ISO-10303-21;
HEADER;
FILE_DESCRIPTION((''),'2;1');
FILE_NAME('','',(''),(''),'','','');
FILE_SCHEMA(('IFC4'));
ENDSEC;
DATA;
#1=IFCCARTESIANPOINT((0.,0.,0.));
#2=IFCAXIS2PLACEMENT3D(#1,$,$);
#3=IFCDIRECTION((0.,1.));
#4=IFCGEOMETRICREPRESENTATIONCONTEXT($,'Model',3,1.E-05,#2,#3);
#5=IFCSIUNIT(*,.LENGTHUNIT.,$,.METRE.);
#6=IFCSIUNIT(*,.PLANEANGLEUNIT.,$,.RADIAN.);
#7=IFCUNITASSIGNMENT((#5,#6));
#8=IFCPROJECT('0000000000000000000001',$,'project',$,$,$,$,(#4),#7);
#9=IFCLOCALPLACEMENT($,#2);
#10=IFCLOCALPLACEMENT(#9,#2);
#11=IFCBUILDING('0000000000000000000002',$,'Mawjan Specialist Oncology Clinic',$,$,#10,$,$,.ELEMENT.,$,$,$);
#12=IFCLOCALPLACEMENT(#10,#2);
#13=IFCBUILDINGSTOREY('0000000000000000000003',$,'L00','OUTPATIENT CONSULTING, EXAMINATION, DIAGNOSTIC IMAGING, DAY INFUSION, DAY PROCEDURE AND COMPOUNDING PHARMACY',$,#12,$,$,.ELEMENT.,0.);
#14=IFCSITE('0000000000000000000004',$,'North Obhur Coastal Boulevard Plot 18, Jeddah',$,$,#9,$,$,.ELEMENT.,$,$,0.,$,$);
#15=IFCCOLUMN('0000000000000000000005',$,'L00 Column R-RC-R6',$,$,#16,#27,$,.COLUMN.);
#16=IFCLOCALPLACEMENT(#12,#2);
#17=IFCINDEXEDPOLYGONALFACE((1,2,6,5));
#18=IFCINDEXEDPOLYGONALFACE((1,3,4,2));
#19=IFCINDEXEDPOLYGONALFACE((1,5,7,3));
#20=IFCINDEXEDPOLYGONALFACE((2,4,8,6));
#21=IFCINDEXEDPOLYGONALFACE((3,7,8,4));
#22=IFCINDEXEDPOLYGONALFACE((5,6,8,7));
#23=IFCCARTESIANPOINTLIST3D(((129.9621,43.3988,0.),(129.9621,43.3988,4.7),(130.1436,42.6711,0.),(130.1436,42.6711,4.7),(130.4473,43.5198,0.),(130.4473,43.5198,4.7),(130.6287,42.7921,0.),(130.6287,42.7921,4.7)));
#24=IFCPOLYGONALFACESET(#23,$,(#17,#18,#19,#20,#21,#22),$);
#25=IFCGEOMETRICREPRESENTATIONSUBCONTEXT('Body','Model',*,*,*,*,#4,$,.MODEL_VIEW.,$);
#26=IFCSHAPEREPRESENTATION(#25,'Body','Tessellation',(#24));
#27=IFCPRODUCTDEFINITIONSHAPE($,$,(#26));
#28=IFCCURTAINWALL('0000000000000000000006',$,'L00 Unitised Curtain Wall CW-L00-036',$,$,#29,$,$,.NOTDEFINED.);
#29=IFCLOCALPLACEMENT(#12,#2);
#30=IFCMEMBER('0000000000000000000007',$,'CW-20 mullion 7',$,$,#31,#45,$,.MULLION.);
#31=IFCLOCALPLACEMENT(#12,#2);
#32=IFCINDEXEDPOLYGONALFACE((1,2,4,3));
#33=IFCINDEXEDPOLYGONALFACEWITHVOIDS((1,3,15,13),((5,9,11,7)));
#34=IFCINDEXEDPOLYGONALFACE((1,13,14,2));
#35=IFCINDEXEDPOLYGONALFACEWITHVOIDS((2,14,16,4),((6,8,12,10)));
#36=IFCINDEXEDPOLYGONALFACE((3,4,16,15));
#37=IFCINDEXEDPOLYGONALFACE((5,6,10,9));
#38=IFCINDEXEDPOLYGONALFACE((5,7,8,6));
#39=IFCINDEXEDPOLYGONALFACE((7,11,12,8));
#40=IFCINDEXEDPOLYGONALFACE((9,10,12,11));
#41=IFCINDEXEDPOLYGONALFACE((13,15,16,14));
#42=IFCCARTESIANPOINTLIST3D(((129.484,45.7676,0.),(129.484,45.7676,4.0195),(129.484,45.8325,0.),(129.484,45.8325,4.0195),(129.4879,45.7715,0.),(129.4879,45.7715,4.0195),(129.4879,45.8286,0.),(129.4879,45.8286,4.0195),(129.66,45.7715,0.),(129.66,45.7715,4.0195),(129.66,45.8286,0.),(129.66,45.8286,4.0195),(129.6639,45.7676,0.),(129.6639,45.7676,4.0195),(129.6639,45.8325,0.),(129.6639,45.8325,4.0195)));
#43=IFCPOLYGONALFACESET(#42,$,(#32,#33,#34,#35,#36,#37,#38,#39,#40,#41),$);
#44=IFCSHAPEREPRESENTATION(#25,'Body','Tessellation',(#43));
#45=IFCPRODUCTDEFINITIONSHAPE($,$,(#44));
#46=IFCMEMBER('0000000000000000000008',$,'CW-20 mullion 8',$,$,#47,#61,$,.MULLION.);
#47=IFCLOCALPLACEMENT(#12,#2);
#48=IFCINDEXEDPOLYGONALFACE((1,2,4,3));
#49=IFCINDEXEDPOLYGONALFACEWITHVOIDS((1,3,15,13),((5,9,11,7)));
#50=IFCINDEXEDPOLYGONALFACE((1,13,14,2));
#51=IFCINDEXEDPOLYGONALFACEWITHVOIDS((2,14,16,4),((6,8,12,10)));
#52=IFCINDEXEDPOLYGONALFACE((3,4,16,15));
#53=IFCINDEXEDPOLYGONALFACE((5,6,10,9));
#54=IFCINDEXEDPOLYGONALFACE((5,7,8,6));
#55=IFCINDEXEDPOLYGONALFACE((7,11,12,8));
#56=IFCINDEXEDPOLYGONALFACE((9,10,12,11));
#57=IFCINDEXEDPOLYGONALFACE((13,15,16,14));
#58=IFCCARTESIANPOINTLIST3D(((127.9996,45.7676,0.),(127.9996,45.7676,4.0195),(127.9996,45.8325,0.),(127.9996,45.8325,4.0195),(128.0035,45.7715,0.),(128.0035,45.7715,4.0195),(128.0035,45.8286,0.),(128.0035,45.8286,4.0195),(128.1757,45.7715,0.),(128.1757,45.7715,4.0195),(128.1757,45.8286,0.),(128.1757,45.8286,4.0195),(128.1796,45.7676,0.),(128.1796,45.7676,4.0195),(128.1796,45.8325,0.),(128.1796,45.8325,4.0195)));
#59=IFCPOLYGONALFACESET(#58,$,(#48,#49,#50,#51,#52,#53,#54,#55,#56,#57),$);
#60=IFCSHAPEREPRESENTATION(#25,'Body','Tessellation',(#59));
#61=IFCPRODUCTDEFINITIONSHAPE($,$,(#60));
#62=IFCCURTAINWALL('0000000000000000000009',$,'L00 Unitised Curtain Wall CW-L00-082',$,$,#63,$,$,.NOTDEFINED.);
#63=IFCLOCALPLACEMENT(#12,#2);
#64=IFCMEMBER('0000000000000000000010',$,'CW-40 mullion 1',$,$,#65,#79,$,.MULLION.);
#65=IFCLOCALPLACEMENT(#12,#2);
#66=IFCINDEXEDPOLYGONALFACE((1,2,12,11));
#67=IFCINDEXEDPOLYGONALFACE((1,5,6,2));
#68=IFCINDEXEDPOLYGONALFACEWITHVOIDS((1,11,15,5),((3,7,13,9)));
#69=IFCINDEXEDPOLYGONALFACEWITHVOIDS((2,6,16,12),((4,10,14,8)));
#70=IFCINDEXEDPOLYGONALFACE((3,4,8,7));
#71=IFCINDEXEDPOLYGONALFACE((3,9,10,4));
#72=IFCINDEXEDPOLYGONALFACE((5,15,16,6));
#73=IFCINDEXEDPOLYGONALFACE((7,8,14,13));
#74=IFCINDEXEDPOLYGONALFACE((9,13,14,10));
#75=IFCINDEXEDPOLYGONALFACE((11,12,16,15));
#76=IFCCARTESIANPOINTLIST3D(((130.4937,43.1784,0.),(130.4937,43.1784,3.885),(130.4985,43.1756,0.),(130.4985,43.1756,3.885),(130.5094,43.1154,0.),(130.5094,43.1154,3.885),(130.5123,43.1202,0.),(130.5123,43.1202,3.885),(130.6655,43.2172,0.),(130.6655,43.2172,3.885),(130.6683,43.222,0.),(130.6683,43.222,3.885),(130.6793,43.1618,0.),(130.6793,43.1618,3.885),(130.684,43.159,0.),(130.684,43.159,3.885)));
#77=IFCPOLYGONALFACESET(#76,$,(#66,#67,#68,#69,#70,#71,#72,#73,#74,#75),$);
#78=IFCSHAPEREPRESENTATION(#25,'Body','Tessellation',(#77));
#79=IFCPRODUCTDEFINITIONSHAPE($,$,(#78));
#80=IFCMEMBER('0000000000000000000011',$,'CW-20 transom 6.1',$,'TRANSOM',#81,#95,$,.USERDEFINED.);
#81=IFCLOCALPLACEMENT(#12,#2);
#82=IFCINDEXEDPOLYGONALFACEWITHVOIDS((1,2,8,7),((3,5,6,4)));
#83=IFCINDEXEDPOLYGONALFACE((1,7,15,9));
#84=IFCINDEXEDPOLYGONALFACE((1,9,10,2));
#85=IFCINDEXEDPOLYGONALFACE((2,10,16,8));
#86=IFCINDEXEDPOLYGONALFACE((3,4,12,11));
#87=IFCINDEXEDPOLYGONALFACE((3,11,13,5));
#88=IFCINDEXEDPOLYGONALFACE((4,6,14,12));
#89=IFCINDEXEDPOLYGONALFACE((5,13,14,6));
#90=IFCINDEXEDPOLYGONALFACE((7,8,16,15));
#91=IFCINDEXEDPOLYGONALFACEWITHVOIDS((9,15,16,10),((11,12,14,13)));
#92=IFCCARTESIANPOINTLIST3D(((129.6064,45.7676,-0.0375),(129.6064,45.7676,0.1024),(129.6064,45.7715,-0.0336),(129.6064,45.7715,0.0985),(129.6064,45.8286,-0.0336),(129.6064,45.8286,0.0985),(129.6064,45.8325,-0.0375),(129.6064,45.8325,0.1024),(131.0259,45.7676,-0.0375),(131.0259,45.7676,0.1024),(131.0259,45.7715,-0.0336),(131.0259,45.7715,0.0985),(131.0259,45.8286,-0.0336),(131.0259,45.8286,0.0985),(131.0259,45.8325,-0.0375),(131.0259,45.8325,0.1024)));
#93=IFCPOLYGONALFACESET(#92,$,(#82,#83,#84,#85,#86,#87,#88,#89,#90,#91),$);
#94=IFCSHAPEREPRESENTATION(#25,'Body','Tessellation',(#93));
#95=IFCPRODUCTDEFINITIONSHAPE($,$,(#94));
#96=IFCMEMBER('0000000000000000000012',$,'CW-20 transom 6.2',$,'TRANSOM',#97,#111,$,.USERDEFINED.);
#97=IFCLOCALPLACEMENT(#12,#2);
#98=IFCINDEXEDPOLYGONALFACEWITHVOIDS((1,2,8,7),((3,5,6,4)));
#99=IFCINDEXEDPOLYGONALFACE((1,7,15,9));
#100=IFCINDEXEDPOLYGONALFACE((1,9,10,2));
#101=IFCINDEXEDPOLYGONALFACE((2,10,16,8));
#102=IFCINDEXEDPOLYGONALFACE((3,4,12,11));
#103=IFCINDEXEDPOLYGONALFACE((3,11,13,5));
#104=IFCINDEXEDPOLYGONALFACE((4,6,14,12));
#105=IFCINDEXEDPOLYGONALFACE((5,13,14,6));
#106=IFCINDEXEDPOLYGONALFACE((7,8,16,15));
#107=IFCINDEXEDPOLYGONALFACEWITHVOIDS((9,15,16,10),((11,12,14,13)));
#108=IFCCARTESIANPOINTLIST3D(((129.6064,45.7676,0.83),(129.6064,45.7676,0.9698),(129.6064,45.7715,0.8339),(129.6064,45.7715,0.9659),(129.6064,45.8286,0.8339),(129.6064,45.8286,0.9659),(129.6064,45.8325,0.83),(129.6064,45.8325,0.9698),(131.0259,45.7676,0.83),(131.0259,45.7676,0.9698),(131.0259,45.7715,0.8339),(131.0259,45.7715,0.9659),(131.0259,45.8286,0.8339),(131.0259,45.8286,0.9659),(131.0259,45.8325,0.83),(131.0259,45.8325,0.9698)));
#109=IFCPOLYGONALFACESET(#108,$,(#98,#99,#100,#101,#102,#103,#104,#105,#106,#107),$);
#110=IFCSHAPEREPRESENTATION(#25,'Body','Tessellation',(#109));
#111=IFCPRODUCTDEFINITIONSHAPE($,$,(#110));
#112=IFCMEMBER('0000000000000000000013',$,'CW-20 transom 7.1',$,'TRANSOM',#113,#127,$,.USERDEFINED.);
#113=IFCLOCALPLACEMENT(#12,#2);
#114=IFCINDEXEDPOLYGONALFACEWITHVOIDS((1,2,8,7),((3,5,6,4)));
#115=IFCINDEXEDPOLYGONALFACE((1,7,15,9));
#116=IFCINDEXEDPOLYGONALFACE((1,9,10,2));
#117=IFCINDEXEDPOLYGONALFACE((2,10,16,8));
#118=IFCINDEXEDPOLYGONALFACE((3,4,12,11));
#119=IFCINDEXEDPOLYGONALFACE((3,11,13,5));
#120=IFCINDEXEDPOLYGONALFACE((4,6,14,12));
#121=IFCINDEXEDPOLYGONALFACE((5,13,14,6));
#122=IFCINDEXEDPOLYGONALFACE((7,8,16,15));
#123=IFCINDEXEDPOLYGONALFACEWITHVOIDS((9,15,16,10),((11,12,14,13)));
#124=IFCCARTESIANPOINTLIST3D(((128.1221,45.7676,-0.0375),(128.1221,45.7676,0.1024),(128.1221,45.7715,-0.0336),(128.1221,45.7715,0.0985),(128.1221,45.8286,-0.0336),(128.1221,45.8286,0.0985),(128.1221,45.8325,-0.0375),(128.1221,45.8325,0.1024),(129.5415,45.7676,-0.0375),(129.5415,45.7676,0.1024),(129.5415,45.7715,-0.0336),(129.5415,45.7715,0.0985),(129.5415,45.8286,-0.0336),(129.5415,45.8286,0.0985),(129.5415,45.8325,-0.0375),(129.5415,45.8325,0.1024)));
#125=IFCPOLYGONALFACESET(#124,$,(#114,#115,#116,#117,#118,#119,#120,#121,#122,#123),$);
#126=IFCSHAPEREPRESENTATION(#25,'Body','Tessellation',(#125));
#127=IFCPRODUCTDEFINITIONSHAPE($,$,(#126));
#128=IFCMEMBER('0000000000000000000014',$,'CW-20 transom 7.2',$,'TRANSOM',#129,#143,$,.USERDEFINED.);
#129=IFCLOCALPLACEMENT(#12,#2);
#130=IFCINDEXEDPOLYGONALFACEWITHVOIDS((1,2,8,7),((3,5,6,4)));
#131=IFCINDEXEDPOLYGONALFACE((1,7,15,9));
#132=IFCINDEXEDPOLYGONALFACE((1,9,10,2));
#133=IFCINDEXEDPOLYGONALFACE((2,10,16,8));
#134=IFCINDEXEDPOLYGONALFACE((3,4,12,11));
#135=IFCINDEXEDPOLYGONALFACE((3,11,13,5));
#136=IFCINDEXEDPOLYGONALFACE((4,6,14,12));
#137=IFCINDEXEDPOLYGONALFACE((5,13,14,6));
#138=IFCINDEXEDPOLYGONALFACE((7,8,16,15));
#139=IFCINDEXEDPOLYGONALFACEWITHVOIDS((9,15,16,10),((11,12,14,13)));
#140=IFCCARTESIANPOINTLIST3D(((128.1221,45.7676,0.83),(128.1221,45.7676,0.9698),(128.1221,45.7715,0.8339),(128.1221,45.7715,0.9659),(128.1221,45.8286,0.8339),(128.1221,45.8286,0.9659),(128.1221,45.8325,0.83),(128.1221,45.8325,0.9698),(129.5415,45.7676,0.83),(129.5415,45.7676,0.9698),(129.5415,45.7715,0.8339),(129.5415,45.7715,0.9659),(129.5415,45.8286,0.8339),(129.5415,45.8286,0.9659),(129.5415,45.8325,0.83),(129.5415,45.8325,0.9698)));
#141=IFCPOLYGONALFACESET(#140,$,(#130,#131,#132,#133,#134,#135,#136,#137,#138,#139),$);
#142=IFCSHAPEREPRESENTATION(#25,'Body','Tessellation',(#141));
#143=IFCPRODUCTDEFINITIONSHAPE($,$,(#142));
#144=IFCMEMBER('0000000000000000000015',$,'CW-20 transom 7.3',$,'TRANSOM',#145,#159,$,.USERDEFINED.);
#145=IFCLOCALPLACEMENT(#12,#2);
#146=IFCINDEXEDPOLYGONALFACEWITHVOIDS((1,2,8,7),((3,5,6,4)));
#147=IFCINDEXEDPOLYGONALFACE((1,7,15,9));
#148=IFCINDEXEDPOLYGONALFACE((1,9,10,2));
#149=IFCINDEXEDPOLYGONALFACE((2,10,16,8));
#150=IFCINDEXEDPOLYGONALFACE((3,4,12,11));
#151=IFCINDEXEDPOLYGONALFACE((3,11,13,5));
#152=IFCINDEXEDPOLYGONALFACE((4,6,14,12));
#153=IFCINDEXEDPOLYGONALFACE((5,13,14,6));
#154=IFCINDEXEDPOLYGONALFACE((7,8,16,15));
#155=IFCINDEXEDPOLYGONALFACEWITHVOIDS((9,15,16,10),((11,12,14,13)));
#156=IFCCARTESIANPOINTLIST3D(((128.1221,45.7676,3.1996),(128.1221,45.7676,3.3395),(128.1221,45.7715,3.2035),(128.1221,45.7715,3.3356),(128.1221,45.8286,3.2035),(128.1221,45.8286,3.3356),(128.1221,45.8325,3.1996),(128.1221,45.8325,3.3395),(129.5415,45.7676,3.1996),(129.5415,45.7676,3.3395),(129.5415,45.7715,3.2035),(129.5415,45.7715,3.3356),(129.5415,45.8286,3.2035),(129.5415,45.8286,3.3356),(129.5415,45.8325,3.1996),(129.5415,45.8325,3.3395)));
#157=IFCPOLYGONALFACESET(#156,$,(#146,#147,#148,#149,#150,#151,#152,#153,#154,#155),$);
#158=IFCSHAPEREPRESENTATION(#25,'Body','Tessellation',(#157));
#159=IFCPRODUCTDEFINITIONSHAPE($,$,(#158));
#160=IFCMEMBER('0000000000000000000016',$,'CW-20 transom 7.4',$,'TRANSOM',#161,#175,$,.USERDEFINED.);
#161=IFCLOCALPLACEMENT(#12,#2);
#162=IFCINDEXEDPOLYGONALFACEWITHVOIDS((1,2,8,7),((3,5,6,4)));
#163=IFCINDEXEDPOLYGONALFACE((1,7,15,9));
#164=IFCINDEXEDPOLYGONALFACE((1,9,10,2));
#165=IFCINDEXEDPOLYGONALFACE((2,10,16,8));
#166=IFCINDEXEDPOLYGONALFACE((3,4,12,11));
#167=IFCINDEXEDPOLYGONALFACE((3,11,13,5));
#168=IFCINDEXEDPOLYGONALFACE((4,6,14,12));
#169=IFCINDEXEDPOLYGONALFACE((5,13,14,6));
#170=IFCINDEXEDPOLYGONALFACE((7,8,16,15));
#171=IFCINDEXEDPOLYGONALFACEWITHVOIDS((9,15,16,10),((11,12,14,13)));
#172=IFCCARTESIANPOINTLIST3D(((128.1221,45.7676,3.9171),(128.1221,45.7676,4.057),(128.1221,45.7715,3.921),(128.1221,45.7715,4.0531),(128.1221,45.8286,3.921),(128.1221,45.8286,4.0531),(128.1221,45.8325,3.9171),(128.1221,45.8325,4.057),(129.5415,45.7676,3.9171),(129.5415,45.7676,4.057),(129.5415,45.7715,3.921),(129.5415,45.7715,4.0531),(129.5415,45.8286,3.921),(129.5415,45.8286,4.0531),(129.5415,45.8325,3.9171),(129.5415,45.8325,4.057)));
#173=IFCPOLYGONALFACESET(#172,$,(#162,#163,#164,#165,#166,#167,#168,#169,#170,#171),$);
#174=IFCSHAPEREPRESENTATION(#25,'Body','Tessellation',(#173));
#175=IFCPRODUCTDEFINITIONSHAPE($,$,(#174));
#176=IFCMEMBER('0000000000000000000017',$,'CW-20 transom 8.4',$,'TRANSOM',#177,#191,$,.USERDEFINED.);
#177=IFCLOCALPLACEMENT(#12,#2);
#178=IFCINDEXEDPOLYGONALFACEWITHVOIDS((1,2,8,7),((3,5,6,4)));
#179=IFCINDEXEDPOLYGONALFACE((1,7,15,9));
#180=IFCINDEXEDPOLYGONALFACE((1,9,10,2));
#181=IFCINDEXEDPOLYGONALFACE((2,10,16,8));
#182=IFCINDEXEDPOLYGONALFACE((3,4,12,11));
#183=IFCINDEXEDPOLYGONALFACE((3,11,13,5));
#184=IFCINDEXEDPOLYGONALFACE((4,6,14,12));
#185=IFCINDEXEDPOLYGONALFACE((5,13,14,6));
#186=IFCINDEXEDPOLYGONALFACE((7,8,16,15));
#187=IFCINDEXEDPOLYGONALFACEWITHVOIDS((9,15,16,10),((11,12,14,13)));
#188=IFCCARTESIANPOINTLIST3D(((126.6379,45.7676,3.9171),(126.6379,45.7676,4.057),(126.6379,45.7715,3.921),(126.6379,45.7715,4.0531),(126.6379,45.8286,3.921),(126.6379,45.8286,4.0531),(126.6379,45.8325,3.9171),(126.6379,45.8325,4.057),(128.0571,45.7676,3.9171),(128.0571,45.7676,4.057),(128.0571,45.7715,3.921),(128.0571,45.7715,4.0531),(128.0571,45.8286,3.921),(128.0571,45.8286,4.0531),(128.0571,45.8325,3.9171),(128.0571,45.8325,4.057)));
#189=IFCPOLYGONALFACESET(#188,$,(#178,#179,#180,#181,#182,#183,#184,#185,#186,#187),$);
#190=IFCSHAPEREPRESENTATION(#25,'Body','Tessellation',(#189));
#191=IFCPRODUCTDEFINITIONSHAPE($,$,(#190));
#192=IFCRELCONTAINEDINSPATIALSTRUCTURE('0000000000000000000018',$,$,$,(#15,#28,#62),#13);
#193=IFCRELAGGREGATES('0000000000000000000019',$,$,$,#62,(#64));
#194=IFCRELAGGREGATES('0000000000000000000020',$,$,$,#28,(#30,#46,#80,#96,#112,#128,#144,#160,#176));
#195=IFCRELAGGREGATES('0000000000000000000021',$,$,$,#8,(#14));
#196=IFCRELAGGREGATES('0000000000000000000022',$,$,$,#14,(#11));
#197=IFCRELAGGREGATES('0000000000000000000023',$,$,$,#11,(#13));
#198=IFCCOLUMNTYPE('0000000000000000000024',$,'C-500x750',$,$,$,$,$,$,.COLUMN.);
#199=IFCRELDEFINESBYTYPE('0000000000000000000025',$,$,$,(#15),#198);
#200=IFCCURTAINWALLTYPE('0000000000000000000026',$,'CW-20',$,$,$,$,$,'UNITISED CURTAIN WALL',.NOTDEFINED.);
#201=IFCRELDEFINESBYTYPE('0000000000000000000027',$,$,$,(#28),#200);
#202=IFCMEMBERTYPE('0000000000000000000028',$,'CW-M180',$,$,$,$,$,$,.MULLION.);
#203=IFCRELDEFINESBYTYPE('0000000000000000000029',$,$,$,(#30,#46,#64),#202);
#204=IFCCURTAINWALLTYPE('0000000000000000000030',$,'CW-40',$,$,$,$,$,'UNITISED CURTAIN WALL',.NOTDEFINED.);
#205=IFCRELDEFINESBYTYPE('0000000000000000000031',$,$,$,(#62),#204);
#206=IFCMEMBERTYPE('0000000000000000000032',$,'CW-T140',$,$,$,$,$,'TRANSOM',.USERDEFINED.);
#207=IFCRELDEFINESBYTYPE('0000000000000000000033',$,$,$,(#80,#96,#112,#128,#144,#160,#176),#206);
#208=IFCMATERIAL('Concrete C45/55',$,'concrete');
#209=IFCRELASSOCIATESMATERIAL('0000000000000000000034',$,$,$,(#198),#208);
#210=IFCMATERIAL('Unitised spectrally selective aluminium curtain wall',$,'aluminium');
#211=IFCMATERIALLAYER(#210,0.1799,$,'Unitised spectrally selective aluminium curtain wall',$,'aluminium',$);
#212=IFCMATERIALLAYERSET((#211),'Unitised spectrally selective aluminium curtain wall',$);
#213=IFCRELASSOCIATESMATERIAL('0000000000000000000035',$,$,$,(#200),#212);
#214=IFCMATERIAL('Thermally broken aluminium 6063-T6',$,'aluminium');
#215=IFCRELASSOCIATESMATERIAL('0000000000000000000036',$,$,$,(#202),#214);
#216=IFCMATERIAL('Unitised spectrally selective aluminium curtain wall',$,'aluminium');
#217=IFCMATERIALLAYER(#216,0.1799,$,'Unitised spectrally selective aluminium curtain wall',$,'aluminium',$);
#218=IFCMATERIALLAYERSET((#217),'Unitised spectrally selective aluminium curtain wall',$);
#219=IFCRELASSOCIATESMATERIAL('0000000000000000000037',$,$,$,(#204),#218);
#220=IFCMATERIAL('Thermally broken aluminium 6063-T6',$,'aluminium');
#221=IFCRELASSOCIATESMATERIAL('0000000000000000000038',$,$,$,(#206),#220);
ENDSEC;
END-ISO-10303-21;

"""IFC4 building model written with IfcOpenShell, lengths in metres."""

from ifc_helpers import new_model, si_unit, direction, frame, origin, origin_2d, place, context, subcontext, project, spatial, rectangle, hollow_rectangle, extrude, material, layer, layer_set, material_profile, profile_set, type_object, element, aggregate, save


model = new_model("IFC4")

# Units and contexts
model_context = context("Model", 3, precision=1e-05, world=origin(), true_north=direction((0.0, 1.0)))
body_context = subcontext(model_context, "Body", "Model", "MODEL_VIEW")
ifc_project = project(units=[si_unit("LENGTHUNIT", "METRE"), si_unit("PLANEANGLEUNIT", "RADIAN")], contexts=[model_context])

# Site, building, storey
site_placement = place(None, origin())
site = spatial("IfcSite", under=ifc_project, at=site_placement, Name="North Obhur Coastal Boulevard Plot 18, Jeddah", CompositionType="ELEMENT", RefElevation=0.0)
building_placement = place(site_placement, origin())
building = spatial("IfcBuilding", under=site, at=building_placement, Name="Mawjan Specialist Oncology Clinic", CompositionType="ELEMENT")
storey_placement = place(building_placement, origin())
storey = spatial("IfcBuildingStorey", under=building, at=storey_placement, Name="L00", Description="OUTPATIENT CONSULTING, EXAMINATION, DIAGNOSTIC IMAGING, DAY INFUSION, DAY PROCEDURE AND COMPOUNDING PHARMACY", CompositionType="ELEMENT", Elevation=0.0)

# Column
ifc_material_1 = material(Name="Concrete C45/55", Category="concrete")
ifc_material_profile_1 = material_profile(ifc_material_1, rectangle(XDim=0.5, YDim=0.75, at=origin_2d()), Name="RC COL 500x750", Category="concrete")
ifc_profile_set_1 = profile_set([ifc_material_profile_1], Name="Concrete C45/55")
column_type = type_object("IfcColumnType", Name="C-500x750", PredefinedType="COLUMN", material=ifc_profile_set_1)
column_placement = place(storey_placement, frame((130.2954, 43.0955, 0.0), z_axis=(0.0, 0.0, 1.0), x_axis=(0.970296, 0.241922, 0.0)))
element("IfcColumn", 1, at=column_placement, inside=storey, type_object=column_type, Name="L00 Column R-RC-R6", PredefinedType="COLUMN", context=body_context, shape_type="SweptSolid", body=[
    extrude(rectangle(XDim=0.5, YDim=0.75, at=origin_2d()), origin(), (0.0, 0.0, 1.0), 4.7),
])

# Curtain wall, members
ifc_material_2 = material(Name="Unitised spectrally selective aluminium curtain wall", Category="aluminium")
ifc_layer_1 = layer(ifc_material_2, 0.1799, Name="Unitised spectrally selective aluminium curtain wall", Category="aluminium")
ifc_layer_set_1 = layer_set([ifc_layer_1], Name="Unitised spectrally selective aluminium curtain wall")
curtain_wall_type_1 = type_object("IfcCurtainWallType", Name="CW-20", ElementType="UNITISED CURTAIN WALL", PredefinedType="NOTDEFINED", material=ifc_layer_set_1)
curtain_wall_1_placement = place(storey_placement, origin())
curtain_wall_1 = element("IfcCurtainWall", 2, at=curtain_wall_1_placement, inside=storey, type_object=curtain_wall_type_1, Name="L00 Unitised Curtain Wall CW-L00-036", PredefinedType="NOTDEFINED")
ifc_material_3 = material(Name="Thermally broken aluminium 6063-T6", Category="aluminium")
ifc_material_profile_2 = material_profile(ifc_material_3, hollow_rectangle(XDim=0.0649, YDim=0.1799, WallThickness=0.0039, at=origin_2d()), Name="ALU MULLION 180x65x4", Category="aluminium")
ifc_profile_set_2 = profile_set([ifc_material_profile_2], Name="Thermally broken aluminium 6063-T6")
member_type_1 = type_object("IfcMemberType", Name="CW-M180", PredefinedType="MULLION", material=ifc_profile_set_2)
member_1_placement = place(storey_placement, frame((129.574, 45.8, 0.0), z_axis=(0.0, 0.0, 1.0), x_axis=(0.0, -1.0, 0.0)))
member_1 = element("IfcMember", 3, at=member_1_placement, type_object=member_type_1, Name="CW-20 mullion 7", PredefinedType="MULLION", context=body_context, shape_type="SweptSolid", body=[
    extrude(hollow_rectangle(XDim=0.0649, YDim=0.1799, WallThickness=0.0039, at=origin_2d()), origin(), (0.0, 0.0, 1.0), 4.0195),
])
member_2_placement = place(storey_placement, frame((128.0896, 45.8, 0.0), z_axis=(0.0, 0.0, 1.0), x_axis=(0.0, -1.0, 0.0)))
member_2 = element("IfcMember", 4, at=member_2_placement, type_object=member_type_1, Name="CW-20 mullion 8", PredefinedType="MULLION", context=body_context, shape_type="SweptSolid", body=[
    extrude(hollow_rectangle(XDim=0.0649, YDim=0.1799, WallThickness=0.0039, at=origin_2d()), origin(), (0.0, 0.0, 1.0), 4.0195),
])

# Curtain wall, member
ifc_material_4 = material(Name="Unitised spectrally selective aluminium curtain wall", Category="aluminium")
ifc_layer_2 = layer(ifc_material_4, 0.1799, Name="Unitised spectrally selective aluminium curtain wall", Category="aluminium")
ifc_layer_set_2 = layer_set([ifc_layer_2], Name="Unitised spectrally selective aluminium curtain wall")
curtain_wall_type_2 = type_object("IfcCurtainWallType", Name="CW-40", ElementType="UNITISED CURTAIN WALL", PredefinedType="NOTDEFINED", material=ifc_layer_set_2)
curtain_wall_2_placement = place(storey_placement, origin())
curtain_wall_2 = element("IfcCurtainWall", 5, at=curtain_wall_2_placement, inside=storey, type_object=curtain_wall_type_2, Name="L00 Unitised Curtain Wall CW-L00-082", PredefinedType="NOTDEFINED")
member_3_placement = place(storey_placement, frame((130.5889, 43.1687, 0.0), z_axis=(0.0, 0.0, 1.0), x_axis=(-0.241922, 0.970296, 0.0)))
member_3 = element("IfcMember", 6, at=member_3_placement, type_object=member_type_1, Name="CW-40 mullion 1", PredefinedType="MULLION", context=body_context, shape_type="SweptSolid", body=[
    extrude(hollow_rectangle(XDim=0.0649, YDim=0.1799, WallThickness=0.0039, at=origin_2d()), origin(), (0.0, 0.0, 1.0), 3.885),
])

# Members
ifc_material_5 = material(Name="Thermally broken aluminium 6063-T6", Category="aluminium")
ifc_material_profile_3 = material_profile(ifc_material_5, hollow_rectangle(XDim=0.0649, YDim=0.1399, WallThickness=0.0039, at=origin_2d()), Name="ALU TRANSOM 140x65x4", Category="aluminium")
ifc_profile_set_3 = profile_set([ifc_material_profile_3], Name="Thermally broken aluminium 6063-T6")
member_type_2 = type_object("IfcMemberType", Name="CW-T140", ElementType="TRANSOM", PredefinedType="USERDEFINED", material=ifc_profile_set_3)
member_4_placement = place(storey_placement, frame((131.0259, 45.8, 0.0325), z_axis=(-1.0, 0.0, 0.0), x_axis=(0.0, -1.0, 0.0)))
member_4 = element("IfcMember", 7, at=member_4_placement, type_object=member_type_2, Name="CW-20 transom 6.1", ObjectType="TRANSOM", PredefinedType="USERDEFINED", context=body_context, shape_type="SweptSolid", body=[
    extrude(hollow_rectangle(XDim=0.0649, YDim=0.1399, WallThickness=0.0039, at=origin_2d()), origin(), (0.0, 0.0, 1.0), 1.4194),
])
member_5_placement = place(storey_placement, frame((131.0259, 45.8, 0.8999), z_axis=(-1.0, 0.0, 0.0), x_axis=(0.0, -1.0, 0.0)))
member_5 = element("IfcMember", 8, at=member_5_placement, type_object=member_type_2, Name="CW-20 transom 6.2", ObjectType="TRANSOM", PredefinedType="USERDEFINED", context=body_context, shape_type="SweptSolid", body=[
    extrude(hollow_rectangle(XDim=0.0649, YDim=0.1399, WallThickness=0.0039, at=origin_2d()), origin(), (0.0, 0.0, 1.0), 1.4194),
])
member_6_placement = place(storey_placement, frame((129.5415, 45.8, 0.0325), z_axis=(-1.0, 0.0, 0.0), x_axis=(0.0, -1.0, 0.0)))
member_6 = element("IfcMember", 9, at=member_6_placement, type_object=member_type_2, Name="CW-20 transom 7.1", ObjectType="TRANSOM", PredefinedType="USERDEFINED", context=body_context, shape_type="SweptSolid", body=[
    extrude(hollow_rectangle(XDim=0.0649, YDim=0.1399, WallThickness=0.0039, at=origin_2d()), origin(), (0.0, 0.0, 1.0), 1.4194),
])
member_7_placement = place(storey_placement, frame((129.5415, 45.8, 0.8999), z_axis=(-1.0, 0.0, 0.0), x_axis=(0.0, -1.0, 0.0)))
member_7 = element("IfcMember", 10, at=member_7_placement, type_object=member_type_2, Name="CW-20 transom 7.2", ObjectType="TRANSOM", PredefinedType="USERDEFINED", context=body_context, shape_type="SweptSolid", body=[
    extrude(hollow_rectangle(XDim=0.0649, YDim=0.1399, WallThickness=0.0039, at=origin_2d()), origin(), (0.0, 0.0, 1.0), 1.4194),
])
member_8_placement = place(storey_placement, frame((129.5415, 45.8, 3.2695), z_axis=(-1.0, 0.0, 0.0), x_axis=(0.0, -1.0, 0.0)))
member_8 = element("IfcMember", 11, at=member_8_placement, type_object=member_type_2, Name="CW-20 transom 7.3", ObjectType="TRANSOM", PredefinedType="USERDEFINED", context=body_context, shape_type="SweptSolid", body=[
    extrude(hollow_rectangle(XDim=0.0649, YDim=0.1399, WallThickness=0.0039, at=origin_2d()), origin(), (0.0, 0.0, 1.0), 1.4194),
])
member_9_placement = place(storey_placement, frame((129.5415, 45.8, 3.9871), z_axis=(-1.0, 0.0, 0.0), x_axis=(0.0, -1.0, 0.0)))
member_9 = element("IfcMember", 12, at=member_9_placement, type_object=member_type_2, Name="CW-20 transom 7.4", ObjectType="TRANSOM", PredefinedType="USERDEFINED", context=body_context, shape_type="SweptSolid", body=[
    extrude(hollow_rectangle(XDim=0.0649, YDim=0.1399, WallThickness=0.0039, at=origin_2d()), origin(), (0.0, 0.0, 1.0), 1.4194),
])
member_10_placement = place(storey_placement, frame((128.0571, 45.8, 3.9871), z_axis=(-1.0, 0.0, 0.0), x_axis=(0.0, -1.0, 0.0)))
member_10 = element("IfcMember", 13, at=member_10_placement, type_object=member_type_2, Name="CW-20 transom 8.4", ObjectType="TRANSOM", PredefinedType="USERDEFINED", context=body_context, shape_type="SweptSolid", body=[
    extrude(hollow_rectangle(XDim=0.0649, YDim=0.1399, WallThickness=0.0039, at=origin_2d()), origin(), (0.0, 0.0, 1.0), 1.4192),
])
aggregate(curtain_wall_2, [member_3])

aggregate(curtain_wall_1, [member_1, member_2, member_4, member_5, member_6, member_7, member_8, member_9, member_10])

save(model, "model.ifc")
